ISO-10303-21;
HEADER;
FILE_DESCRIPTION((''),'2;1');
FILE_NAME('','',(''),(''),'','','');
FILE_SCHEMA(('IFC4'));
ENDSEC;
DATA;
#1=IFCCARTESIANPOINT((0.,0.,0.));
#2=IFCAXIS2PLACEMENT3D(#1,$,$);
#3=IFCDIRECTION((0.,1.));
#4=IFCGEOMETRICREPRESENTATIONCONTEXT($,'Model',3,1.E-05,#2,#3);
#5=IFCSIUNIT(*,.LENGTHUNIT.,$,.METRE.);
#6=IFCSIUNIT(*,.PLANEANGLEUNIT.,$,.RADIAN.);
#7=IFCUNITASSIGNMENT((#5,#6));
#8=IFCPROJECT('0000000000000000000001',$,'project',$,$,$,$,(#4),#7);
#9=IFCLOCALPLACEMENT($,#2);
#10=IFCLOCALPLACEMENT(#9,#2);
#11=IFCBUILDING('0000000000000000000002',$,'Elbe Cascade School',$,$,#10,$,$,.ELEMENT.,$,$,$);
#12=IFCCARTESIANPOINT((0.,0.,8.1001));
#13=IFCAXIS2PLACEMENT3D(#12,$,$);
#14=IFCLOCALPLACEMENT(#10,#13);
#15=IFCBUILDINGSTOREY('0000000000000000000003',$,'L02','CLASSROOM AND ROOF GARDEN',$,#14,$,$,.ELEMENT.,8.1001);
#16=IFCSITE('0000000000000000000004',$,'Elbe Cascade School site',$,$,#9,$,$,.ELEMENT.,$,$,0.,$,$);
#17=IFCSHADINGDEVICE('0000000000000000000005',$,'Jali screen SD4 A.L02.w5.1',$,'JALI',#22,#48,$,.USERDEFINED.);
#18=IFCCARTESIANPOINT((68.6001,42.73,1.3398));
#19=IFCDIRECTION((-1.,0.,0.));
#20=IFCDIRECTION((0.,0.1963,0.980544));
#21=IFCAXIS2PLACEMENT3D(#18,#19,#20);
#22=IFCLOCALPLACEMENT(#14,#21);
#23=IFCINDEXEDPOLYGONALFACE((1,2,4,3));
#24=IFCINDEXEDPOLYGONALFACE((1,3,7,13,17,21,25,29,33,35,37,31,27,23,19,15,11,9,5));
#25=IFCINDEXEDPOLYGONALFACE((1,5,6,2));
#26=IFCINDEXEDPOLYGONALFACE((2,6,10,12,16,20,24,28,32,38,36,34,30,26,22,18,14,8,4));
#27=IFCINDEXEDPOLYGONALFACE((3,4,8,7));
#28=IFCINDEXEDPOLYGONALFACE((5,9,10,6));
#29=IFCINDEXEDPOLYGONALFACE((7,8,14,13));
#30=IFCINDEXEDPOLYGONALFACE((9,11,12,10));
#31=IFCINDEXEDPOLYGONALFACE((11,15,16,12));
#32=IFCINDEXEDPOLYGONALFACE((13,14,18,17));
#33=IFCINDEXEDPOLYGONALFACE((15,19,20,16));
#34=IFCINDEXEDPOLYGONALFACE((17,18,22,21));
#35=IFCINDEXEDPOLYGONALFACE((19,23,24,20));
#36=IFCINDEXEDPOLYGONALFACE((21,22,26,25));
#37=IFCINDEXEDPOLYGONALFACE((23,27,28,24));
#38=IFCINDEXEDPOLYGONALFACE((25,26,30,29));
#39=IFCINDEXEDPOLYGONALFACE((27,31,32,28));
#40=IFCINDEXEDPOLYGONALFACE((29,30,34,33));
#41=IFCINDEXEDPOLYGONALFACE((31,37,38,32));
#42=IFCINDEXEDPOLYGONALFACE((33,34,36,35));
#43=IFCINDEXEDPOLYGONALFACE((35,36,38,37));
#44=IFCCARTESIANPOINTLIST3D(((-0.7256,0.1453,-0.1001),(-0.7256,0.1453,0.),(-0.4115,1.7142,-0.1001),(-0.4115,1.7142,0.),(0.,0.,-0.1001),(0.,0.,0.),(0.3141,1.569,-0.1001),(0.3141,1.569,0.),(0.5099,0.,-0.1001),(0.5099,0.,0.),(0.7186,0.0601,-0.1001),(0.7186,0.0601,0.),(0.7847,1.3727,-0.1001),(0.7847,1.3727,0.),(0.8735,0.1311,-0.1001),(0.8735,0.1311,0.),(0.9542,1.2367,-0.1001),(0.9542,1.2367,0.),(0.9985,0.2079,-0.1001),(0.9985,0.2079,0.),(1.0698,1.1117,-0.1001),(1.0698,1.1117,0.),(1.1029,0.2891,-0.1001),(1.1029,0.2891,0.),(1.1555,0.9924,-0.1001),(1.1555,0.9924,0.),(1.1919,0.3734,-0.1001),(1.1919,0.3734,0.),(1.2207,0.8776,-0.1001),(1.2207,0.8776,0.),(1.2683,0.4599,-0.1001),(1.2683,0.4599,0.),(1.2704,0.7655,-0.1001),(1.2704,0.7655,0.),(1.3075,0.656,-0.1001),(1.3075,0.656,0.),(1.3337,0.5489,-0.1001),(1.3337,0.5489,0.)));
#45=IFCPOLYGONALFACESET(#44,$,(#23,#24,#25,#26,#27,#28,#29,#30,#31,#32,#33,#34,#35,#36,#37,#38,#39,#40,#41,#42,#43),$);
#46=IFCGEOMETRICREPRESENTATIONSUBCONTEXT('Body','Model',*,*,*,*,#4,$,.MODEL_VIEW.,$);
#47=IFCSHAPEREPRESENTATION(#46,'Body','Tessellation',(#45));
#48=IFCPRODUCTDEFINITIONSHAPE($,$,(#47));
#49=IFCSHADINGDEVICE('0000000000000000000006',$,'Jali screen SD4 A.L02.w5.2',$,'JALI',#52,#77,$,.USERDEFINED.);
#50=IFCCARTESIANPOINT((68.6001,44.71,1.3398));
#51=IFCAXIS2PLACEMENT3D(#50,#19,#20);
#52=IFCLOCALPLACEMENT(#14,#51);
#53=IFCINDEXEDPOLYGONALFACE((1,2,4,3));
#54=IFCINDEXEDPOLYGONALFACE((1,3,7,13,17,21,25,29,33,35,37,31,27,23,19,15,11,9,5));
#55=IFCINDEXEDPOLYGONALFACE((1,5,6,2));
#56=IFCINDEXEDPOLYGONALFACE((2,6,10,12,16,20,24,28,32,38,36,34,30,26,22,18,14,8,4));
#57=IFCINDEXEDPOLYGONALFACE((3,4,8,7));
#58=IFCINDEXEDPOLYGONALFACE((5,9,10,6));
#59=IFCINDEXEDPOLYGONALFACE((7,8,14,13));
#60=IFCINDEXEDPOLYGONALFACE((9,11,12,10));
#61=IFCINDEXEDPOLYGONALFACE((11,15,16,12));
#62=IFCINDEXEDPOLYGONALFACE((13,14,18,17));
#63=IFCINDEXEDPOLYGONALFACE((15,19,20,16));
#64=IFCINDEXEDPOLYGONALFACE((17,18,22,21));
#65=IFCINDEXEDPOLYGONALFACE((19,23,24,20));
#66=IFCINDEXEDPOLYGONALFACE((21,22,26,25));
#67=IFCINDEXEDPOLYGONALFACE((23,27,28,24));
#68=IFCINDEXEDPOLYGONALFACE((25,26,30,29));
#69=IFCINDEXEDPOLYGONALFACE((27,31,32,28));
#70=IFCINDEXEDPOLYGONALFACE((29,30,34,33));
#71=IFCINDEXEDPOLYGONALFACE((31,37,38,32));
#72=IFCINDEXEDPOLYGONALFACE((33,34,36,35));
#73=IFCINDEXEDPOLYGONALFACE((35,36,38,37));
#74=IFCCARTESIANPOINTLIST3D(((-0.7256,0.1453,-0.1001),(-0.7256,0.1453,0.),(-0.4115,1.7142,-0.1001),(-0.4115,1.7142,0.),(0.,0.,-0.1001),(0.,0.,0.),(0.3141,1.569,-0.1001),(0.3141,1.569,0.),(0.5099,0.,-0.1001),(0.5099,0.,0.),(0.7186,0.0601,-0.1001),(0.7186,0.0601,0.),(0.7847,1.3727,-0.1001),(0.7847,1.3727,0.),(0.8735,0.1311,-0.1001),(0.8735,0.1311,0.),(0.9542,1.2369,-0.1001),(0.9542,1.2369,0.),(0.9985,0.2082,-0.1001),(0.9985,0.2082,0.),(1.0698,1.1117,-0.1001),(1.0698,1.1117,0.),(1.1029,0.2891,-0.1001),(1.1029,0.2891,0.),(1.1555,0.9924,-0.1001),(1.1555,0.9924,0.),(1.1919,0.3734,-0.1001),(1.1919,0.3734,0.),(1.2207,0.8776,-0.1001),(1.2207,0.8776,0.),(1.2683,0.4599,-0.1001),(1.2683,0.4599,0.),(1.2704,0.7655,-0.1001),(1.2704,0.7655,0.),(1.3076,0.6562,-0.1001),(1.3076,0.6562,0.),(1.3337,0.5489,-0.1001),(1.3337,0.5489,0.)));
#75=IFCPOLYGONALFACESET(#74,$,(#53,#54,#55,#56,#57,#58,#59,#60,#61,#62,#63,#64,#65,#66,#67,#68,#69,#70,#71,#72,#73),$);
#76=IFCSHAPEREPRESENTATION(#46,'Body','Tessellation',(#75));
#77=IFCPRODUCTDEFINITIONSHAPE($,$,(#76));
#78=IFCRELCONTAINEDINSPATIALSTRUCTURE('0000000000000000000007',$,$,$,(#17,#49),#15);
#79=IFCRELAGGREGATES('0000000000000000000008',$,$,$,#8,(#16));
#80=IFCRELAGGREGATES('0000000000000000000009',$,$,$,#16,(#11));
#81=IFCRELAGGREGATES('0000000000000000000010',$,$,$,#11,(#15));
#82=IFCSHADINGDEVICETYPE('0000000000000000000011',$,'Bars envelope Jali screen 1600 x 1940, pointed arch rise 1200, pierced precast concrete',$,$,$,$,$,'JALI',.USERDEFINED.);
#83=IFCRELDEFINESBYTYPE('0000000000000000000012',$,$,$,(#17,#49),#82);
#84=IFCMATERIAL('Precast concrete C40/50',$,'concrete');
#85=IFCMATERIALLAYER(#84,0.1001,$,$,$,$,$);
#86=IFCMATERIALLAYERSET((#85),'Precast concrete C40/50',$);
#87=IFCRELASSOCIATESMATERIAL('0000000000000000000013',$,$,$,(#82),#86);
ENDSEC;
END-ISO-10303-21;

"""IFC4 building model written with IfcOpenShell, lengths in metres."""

from ifc_helpers import new_model, si_unit, direction, frame, origin, place, context, subcontext, project, spatial, polyline, outline, extrude, material, layer, layer_set, type_object, element, save


model = new_model("IFC4")

# Units and contexts
model_context = context("Model", 3, precision=1e-05, world=origin(), true_north=direction((0.0, 1.0)))
body_context = subcontext(model_context, "Body", "Model", "MODEL_VIEW")
ifc_project = project(units=[si_unit("LENGTHUNIT", "METRE"), si_unit("PLANEANGLEUNIT", "RADIAN")], contexts=[model_context])

# Site, building, storey
site_placement = place(None, origin())
site = spatial("IfcSite", under=ifc_project, at=site_placement, Name="Elbe Cascade School site", CompositionType="ELEMENT", RefElevation=0.0)
building_placement = place(site_placement, origin())
building = spatial("IfcBuilding", under=site, at=building_placement, Name="Elbe Cascade School", CompositionType="ELEMENT")
storey_placement = place(building_placement, frame((0.0, 0.0, 8.1001)))
storey = spatial("IfcBuildingStorey", under=building, at=storey_placement, Name="L02", Description="CLASSROOM AND ROOF GARDEN", CompositionType="ELEMENT", Elevation=8.1001)

# Shading devices
ifc_material_1 = material(Name="Precast concrete C40/50", Category="concrete")
ifc_layer_1 = layer(ifc_material_1, 0.1001)
ifc_layer_set_1 = layer_set([ifc_layer_1], Name="Precast concrete C40/50")
shading_device_type = type_object("IfcShadingDeviceType", Name="Bars envelope Jali screen 1600 x 1940, pointed arch rise 1200, pierced precast concrete", ElementType="JALI", PredefinedType="USERDEFINED", material=ifc_layer_set_1)
shading_device_1_placement = place(storey_placement, frame((68.6001, 42.73, 1.3398), z_axis=(-1.0, 0.0, 0.0), x_axis=(0.0, 0.1963, 0.980544)))
element("IfcShadingDevice", 1, at=shading_device_1_placement, inside=storey, type_object=shading_device_type, Name="Jali screen SD4 A.L02.w5.1", ObjectType="JALI", PredefinedType="USERDEFINED", context=body_context, shape_type="SweptSolid", body=[
    extrude(outline(polyline([(0.0, 0.0), (0.5099, 0.0), (0.7186, 0.0601), (0.8735, 0.1311), (0.9985, 0.2079), (1.1029, 0.2891), (1.1919, 0.3734), (1.2683, 0.4599), (1.3337, 0.5489), (1.3075, 0.656), (1.2704, 0.7655), (1.2207, 0.8776), (1.1555, 0.9924), (1.0698, 1.1117), (0.9542, 1.2367), (0.7847, 1.3727), (0.3141, 1.569), (-0.4115, 1.7142), (-0.7256, 0.1453), (0.0, 0.0)])), origin(), (0.0, 0.0, -1.0), 0.1001),
])
shading_device_2_placement = place(storey_placement, frame((68.6001, 44.71, 1.3398), z_axis=(-1.0, 0.0, 0.0), x_axis=(0.0, 0.1963, 0.980544)))
element("IfcShadingDevice", 2, at=shading_device_2_placement, inside=storey, type_object=shading_device_type, Name="Jali screen SD4 A.L02.w5.2", ObjectType="JALI", PredefinedType="USERDEFINED", context=body_context, shape_type="SweptSolid", body=[
    extrude(outline(polyline([(0.0, 0.0), (0.5099, 0.0), (0.7186, 0.0601), (0.8735, 0.1311), (0.9985, 0.2082), (1.1029, 0.2891), (1.1919, 0.3734), (1.2683, 0.4599), (1.3337, 0.5489), (1.3076, 0.6562), (1.2704, 0.7655), (1.2207, 0.8776), (1.1555, 0.9924), (1.0698, 1.1117), (0.9542, 1.2369), (0.7847, 1.3727), (0.3141, 1.569), (-0.4115, 1.7142), (-0.7256, 0.1453), (0.0, 0.0)])), origin(), (0.0, 0.0, -1.0), 0.1001),
])

save(model, "model.ifc")
